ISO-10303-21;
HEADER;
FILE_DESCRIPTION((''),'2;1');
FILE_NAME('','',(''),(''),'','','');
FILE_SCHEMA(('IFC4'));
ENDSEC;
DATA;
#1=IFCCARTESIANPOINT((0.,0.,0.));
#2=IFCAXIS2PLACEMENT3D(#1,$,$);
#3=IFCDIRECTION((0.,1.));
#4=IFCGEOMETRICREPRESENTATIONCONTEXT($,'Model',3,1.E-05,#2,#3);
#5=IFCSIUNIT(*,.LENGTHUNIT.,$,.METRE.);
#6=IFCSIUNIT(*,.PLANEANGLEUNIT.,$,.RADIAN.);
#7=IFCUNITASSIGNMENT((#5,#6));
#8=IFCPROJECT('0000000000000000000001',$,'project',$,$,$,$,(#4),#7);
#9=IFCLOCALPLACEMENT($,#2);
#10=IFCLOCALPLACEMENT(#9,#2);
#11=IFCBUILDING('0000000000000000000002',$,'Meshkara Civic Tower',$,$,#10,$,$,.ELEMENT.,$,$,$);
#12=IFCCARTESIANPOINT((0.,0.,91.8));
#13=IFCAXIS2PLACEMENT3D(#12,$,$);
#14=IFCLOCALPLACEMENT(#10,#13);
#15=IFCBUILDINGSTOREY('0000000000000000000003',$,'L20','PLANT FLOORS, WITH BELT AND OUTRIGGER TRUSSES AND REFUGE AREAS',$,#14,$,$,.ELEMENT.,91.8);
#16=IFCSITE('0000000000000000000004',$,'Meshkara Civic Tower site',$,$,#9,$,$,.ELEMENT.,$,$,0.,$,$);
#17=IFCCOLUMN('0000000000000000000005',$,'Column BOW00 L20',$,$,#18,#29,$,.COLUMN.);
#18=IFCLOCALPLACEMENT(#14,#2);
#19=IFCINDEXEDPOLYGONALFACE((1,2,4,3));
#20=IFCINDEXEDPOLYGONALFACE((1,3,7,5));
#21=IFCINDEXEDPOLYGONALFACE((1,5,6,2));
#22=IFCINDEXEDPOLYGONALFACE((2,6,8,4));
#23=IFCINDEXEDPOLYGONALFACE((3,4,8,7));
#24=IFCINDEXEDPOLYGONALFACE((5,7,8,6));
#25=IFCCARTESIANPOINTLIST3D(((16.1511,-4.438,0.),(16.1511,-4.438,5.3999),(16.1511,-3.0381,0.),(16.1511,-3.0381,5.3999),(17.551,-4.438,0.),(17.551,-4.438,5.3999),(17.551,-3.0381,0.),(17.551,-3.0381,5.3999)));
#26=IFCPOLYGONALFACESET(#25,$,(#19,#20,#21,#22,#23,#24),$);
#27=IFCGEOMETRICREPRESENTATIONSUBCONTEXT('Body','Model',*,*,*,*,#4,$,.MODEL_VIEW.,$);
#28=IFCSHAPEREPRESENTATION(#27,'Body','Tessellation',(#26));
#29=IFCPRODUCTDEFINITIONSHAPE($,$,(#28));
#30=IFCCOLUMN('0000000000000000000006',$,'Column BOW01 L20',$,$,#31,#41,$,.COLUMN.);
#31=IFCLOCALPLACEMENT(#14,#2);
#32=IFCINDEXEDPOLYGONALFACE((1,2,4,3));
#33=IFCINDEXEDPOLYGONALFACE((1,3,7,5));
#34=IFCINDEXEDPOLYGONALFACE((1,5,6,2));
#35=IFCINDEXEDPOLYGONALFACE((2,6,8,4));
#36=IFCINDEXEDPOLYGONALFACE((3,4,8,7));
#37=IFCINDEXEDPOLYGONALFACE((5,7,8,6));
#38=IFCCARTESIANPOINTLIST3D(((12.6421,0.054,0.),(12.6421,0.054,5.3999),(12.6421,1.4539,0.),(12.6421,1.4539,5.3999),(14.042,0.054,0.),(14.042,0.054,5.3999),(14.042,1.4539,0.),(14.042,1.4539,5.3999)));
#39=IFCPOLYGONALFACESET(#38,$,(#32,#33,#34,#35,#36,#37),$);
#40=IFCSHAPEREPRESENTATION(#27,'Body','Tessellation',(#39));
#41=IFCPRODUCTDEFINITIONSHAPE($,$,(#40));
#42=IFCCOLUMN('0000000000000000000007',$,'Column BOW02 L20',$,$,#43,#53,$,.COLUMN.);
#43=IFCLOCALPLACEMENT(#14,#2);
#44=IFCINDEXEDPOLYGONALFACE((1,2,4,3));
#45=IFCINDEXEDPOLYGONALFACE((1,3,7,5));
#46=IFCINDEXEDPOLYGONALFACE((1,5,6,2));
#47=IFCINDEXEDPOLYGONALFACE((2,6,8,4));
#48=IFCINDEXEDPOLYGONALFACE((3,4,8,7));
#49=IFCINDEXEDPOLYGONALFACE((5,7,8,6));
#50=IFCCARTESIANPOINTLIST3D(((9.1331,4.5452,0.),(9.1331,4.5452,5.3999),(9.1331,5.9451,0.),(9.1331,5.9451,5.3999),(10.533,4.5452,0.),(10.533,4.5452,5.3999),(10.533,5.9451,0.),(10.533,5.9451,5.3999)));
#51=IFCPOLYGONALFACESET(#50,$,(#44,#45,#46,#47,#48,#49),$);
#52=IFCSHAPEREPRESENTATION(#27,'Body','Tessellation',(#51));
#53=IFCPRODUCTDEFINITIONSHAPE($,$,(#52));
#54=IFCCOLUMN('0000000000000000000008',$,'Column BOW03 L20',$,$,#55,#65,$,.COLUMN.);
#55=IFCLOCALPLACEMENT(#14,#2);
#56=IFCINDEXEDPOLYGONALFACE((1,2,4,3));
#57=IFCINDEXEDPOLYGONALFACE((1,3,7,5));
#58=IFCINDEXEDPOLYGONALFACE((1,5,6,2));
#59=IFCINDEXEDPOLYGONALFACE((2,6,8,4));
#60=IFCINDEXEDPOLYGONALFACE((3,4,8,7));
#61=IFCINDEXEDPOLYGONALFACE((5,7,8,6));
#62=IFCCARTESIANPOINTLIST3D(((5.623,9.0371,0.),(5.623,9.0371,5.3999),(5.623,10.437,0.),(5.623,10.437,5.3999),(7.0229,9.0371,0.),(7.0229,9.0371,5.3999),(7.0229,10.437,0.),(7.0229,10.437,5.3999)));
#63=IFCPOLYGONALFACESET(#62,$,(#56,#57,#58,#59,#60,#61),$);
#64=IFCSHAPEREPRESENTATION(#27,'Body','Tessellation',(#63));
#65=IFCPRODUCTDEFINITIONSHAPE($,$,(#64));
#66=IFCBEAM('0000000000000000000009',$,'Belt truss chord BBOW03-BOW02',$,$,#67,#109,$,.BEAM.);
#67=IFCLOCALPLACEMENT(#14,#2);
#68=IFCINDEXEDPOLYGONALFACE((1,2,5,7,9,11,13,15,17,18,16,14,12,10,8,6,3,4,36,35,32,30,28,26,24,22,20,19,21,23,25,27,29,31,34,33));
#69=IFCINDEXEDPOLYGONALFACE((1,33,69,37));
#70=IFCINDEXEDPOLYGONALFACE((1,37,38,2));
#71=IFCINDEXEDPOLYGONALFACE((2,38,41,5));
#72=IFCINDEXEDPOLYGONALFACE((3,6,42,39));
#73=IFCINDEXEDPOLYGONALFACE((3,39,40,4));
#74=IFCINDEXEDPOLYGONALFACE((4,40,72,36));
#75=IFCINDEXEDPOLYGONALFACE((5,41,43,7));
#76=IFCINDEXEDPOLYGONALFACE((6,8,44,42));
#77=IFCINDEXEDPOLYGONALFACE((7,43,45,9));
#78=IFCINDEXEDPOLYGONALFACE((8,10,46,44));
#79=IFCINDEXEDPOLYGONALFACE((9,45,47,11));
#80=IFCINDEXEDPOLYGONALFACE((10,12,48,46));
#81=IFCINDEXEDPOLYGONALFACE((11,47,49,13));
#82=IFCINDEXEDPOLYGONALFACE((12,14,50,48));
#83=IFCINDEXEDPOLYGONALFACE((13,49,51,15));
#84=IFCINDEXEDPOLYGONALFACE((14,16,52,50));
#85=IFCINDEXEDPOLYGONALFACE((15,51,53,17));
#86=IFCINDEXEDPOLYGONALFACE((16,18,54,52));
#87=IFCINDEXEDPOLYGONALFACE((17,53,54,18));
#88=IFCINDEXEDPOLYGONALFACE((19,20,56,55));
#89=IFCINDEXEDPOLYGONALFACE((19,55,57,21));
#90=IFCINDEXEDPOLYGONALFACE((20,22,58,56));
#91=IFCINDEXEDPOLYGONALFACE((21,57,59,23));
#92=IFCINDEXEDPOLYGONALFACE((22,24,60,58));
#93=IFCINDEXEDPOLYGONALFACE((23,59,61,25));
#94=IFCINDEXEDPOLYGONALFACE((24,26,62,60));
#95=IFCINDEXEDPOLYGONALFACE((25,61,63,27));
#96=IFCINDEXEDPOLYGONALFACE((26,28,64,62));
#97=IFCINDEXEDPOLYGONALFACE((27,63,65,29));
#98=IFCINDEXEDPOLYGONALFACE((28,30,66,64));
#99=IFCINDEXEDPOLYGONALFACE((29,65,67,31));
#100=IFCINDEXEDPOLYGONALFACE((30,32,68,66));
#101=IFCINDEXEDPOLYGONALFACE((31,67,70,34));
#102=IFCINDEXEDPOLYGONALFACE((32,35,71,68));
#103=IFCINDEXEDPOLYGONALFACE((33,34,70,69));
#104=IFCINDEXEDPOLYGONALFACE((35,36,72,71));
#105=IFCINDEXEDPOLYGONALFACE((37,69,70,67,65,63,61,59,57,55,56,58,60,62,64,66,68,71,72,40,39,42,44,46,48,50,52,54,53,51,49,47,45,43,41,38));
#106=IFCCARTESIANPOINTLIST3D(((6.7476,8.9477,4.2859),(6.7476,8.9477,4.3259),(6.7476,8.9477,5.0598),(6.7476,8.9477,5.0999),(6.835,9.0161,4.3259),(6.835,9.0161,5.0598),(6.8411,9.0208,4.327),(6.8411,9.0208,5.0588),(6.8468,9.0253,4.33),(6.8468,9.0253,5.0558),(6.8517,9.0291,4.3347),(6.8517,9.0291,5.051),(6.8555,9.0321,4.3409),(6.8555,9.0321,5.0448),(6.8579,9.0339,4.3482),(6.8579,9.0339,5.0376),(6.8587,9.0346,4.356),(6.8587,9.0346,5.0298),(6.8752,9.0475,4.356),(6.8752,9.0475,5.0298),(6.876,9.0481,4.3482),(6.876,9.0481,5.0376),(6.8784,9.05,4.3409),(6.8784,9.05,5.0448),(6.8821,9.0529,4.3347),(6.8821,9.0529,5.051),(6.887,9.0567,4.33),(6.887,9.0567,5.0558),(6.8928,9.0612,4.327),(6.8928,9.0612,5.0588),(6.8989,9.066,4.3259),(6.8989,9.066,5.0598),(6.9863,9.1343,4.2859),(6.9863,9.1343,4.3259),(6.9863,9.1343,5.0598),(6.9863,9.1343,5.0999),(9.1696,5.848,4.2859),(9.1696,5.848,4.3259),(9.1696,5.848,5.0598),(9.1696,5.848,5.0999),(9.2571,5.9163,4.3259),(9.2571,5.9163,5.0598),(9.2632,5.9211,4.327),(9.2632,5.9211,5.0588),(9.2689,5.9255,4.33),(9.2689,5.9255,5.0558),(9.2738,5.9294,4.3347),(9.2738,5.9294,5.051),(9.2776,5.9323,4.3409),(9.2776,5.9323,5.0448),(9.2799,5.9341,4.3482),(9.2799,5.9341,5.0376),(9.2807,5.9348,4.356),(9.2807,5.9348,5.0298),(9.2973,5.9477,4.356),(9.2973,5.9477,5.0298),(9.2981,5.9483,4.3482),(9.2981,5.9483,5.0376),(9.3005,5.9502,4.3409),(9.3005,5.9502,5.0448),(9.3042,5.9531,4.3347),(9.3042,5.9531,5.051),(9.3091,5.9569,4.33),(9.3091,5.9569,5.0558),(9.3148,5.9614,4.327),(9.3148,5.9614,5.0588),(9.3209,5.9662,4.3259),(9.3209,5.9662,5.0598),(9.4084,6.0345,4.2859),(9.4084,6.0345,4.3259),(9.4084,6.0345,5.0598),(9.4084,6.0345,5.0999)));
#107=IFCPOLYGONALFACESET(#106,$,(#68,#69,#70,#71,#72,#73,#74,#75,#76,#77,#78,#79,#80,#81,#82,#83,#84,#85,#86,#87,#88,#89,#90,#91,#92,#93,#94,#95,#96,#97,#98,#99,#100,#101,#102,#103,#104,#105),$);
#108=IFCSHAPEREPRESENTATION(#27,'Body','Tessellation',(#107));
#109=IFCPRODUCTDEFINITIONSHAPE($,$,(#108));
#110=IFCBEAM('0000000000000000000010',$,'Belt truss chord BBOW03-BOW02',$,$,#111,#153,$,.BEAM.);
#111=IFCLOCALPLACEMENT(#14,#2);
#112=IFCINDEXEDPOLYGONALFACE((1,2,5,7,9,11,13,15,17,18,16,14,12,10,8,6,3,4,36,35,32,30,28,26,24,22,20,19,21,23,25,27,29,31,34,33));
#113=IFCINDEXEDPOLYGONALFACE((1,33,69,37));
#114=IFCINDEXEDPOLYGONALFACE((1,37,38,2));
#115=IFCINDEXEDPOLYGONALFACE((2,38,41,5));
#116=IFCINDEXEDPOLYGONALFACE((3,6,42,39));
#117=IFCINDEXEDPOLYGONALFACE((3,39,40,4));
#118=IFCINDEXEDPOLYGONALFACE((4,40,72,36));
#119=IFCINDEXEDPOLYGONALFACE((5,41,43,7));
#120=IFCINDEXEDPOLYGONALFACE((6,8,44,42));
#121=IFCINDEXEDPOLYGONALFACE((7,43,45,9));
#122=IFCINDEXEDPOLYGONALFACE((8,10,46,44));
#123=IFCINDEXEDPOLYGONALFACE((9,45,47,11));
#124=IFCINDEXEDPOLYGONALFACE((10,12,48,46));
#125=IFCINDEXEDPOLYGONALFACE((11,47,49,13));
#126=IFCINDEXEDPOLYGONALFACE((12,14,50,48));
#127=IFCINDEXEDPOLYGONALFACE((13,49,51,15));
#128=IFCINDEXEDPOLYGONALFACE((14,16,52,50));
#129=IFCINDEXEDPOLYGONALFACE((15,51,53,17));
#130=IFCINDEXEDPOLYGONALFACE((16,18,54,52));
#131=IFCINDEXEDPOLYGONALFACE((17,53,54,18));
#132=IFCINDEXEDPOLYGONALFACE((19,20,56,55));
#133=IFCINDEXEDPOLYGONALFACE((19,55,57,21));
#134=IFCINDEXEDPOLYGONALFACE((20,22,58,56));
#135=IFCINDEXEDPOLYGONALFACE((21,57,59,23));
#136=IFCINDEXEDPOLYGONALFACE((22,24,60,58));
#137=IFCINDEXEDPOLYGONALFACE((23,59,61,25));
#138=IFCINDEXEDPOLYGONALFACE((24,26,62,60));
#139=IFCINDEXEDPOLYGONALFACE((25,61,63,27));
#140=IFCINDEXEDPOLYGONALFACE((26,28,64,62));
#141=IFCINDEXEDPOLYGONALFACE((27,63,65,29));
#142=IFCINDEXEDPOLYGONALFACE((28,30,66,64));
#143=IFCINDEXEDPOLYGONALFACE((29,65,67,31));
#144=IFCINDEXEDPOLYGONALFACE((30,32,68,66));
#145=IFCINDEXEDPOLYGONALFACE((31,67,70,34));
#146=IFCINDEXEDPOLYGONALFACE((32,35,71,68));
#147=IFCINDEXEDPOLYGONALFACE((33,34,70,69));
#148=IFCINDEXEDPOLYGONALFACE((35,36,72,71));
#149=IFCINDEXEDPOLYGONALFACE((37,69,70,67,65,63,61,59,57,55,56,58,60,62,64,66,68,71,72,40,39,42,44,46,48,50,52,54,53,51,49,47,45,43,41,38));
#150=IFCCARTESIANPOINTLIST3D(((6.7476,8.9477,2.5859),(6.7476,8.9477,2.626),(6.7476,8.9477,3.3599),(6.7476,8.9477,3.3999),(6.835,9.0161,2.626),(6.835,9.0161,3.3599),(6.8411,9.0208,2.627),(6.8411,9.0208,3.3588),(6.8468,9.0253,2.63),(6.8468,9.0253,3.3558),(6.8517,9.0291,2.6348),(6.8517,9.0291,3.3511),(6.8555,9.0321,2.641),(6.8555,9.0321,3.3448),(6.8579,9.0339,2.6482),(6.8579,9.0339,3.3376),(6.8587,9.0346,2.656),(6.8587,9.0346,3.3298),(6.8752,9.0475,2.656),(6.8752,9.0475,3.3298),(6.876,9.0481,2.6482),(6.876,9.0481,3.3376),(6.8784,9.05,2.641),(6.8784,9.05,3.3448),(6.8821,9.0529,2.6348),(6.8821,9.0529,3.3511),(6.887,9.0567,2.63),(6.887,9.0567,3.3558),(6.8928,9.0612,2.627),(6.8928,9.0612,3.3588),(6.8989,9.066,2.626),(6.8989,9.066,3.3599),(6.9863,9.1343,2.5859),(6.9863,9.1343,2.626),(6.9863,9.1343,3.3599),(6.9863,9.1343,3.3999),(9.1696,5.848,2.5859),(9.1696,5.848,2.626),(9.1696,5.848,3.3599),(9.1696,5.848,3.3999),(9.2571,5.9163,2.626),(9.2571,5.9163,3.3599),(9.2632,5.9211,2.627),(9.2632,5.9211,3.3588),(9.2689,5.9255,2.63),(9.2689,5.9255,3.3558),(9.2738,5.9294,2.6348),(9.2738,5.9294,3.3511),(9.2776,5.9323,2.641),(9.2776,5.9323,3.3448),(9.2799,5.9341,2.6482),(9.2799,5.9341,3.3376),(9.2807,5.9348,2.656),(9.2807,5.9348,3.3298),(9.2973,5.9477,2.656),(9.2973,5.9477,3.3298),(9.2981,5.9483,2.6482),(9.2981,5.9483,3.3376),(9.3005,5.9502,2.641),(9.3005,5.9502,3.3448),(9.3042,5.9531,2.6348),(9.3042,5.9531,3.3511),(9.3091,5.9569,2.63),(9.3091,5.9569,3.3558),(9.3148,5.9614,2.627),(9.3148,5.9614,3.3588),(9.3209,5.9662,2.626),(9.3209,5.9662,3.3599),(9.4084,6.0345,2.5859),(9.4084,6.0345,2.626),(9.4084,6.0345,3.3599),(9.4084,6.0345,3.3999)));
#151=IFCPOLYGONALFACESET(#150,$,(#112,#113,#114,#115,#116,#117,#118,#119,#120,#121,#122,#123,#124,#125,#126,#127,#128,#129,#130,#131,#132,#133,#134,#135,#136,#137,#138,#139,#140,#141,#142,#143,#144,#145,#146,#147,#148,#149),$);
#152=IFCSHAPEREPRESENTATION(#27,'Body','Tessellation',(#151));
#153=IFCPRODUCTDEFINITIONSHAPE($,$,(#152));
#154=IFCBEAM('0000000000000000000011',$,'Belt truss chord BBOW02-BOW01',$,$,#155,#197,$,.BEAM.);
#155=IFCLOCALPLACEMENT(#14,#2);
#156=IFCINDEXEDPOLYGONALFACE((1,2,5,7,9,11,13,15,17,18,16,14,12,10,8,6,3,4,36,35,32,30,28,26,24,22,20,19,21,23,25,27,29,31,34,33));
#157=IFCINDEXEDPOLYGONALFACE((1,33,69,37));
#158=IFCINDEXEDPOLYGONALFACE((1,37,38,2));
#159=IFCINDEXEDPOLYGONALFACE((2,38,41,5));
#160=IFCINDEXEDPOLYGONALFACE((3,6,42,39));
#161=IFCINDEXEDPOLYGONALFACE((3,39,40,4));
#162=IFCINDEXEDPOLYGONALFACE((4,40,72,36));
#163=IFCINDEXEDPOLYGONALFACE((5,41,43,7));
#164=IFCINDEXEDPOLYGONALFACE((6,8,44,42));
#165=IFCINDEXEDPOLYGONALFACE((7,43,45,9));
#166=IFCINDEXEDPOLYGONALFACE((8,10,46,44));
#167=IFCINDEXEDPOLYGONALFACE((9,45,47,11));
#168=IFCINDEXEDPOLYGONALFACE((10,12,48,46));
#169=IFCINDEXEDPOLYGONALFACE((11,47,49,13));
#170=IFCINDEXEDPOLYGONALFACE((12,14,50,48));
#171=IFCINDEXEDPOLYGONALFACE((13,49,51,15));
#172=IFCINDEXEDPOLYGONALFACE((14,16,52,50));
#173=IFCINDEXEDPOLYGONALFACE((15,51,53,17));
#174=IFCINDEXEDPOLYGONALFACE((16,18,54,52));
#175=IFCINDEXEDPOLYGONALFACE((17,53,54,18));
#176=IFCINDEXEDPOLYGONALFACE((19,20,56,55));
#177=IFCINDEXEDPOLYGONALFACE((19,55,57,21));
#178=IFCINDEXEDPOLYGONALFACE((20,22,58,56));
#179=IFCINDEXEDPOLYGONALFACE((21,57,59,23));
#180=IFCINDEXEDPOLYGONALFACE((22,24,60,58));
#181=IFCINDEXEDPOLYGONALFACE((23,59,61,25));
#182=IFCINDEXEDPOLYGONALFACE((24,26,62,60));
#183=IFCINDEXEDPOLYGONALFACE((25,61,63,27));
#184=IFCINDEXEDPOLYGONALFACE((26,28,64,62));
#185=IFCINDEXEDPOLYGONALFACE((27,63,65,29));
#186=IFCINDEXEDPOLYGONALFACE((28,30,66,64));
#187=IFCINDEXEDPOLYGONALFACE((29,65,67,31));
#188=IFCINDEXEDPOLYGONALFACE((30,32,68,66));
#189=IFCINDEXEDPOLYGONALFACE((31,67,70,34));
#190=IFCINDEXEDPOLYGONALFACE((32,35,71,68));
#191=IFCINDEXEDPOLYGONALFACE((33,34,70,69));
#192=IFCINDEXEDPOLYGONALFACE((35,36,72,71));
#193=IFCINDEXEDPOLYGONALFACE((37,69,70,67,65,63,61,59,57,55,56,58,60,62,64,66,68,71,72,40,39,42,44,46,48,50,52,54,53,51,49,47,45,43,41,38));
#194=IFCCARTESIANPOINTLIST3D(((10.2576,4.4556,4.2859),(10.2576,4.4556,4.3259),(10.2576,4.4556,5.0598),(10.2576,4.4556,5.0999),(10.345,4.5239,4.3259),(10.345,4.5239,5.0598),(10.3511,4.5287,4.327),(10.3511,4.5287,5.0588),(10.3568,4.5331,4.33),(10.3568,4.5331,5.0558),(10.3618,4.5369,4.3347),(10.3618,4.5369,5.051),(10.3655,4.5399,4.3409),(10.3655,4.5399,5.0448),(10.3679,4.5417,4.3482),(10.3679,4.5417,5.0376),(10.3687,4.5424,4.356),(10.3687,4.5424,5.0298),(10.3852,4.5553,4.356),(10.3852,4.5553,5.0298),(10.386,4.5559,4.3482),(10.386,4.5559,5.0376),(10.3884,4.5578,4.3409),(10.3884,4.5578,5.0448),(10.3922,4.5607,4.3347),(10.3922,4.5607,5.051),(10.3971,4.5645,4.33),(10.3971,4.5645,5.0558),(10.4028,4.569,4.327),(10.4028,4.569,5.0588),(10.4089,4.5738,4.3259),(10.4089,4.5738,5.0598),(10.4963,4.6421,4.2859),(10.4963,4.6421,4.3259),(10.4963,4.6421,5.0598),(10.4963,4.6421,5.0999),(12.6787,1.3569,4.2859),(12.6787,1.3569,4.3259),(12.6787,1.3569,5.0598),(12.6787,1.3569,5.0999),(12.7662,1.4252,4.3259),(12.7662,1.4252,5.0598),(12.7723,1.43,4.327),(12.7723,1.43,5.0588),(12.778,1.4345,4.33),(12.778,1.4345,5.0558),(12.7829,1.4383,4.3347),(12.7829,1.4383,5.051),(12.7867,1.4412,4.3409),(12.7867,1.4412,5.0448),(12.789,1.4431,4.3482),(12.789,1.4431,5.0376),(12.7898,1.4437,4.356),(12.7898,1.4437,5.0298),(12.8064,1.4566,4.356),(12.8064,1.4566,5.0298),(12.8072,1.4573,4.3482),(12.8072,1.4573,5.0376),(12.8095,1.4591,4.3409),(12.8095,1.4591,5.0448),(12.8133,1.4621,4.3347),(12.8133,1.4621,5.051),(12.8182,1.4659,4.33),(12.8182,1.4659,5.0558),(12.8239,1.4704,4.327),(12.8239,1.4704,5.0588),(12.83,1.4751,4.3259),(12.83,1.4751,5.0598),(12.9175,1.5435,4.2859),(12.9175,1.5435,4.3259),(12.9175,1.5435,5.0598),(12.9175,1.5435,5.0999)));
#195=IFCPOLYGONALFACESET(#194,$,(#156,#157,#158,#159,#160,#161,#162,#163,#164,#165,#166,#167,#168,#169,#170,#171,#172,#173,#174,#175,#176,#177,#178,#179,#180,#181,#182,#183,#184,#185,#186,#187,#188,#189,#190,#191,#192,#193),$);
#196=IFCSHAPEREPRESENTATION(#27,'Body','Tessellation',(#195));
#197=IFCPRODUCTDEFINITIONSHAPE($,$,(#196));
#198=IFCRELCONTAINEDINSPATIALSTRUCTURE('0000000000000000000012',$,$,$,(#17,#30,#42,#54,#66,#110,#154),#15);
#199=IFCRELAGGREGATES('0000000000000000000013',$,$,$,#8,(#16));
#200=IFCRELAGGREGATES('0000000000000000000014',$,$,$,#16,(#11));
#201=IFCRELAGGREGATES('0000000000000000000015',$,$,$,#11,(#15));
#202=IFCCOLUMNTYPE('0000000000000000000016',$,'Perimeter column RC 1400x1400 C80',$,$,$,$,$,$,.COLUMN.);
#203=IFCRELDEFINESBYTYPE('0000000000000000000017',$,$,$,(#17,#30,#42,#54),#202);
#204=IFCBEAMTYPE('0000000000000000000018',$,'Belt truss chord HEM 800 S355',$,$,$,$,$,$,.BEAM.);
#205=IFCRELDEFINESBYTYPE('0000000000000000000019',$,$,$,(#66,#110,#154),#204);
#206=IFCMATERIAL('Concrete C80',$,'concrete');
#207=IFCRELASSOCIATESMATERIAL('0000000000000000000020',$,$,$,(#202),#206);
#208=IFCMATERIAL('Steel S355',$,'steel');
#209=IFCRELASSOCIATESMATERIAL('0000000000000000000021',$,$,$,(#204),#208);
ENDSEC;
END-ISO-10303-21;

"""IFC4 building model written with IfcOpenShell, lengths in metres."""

from ifc_helpers import new_model, si_unit, direction, frame, origin, origin_2d, place, context, subcontext, project, spatial, rectangle, i_section, extrude, material, material_profile, profile_set, type_object, element, save


model = new_model("IFC4")

# Units and contexts
model_context = context("Model", 3, precision=1e-05, world=origin(), true_north=direction((0.0, 1.0)))
body_context = subcontext(model_context, "Body", "Model", "MODEL_VIEW")
ifc_project = project(units=[si_unit("LENGTHUNIT", "METRE"), si_unit("PLANEANGLEUNIT", "RADIAN")], contexts=[model_context])

# Site, building, storey
site_placement = place(None, origin())
site = spatial("IfcSite", under=ifc_project, at=site_placement, Name="Meshkara Civic Tower site", CompositionType="ELEMENT", RefElevation=0.0)
building_placement = place(site_placement, origin())
building = spatial("IfcBuilding", under=site, at=building_placement, Name="Meshkara Civic Tower", CompositionType="ELEMENT")
storey_placement = place(building_placement, frame((0.0, 0.0, 91.8)))
storey = spatial("IfcBuildingStorey", under=building, at=storey_placement, Name="L20", Description="PLANT FLOORS, WITH BELT AND OUTRIGGER TRUSSES AND REFUGE AREAS", CompositionType="ELEMENT", Elevation=91.8)

# Columns
ifc_material_1 = material(Name="Concrete C80", Category="concrete")
ifc_material_profile_1 = material_profile(ifc_material_1, rectangle(XDim=1.3999, YDim=1.3999, at=origin_2d()))
ifc_profile_set_1 = profile_set([ifc_material_profile_1], Name="Concrete C80")
column_type = type_object("IfcColumnType", Name="Perimeter column RC 1400x1400 C80", PredefinedType="COLUMN", material=ifc_profile_set_1)
for number, where, z_axis, x_axis, name in (
    (1, (16.8511, -3.738, 0.0), (0.0, 0.0, 1.0), (1.0, 0.0, 0.0), "Column BOW00 L20"),
    (2, (13.342, 0.7539, 0.0), (0.0, 0.0, 1.0), (1.0, 0.0, 0.0), "Column BOW01 L20"),
    (3, (9.833, 5.2451, 0.0), (0.0, 0.0, 1.0), (1.0, 0.0, 0.0), "Column BOW02 L20"),
    (4, (6.323, 9.7371, 0.0), (0.0, 0.0, 1.0), (1.0, 0.0, 0.0), "Column BOW03 L20"),
):
    element("IfcColumn", number, at=place(storey_placement, frame(where, z_axis=z_axis, x_axis=x_axis)), inside=storey, type_object=column_type, Name=name, PredefinedType="COLUMN", context=body_context, shape_type="SweptSolid", body=[
        extrude(rectangle(XDim=1.3999, YDim=1.3999, at=origin_2d()), origin(), (0.0, 0.0, 1.0), 5.3999),
    ])

# Beams
ifc_material_2 = material(Name="Steel S355", Category="steel")
ifc_material_profile_2 = material_profile(ifc_material_2, i_section(OverallWidth=0.303, OverallDepth=0.814, WebThickness=0.021, FlangeThickness=0.04, FilletRadius=0.03, at=origin_2d()))
ifc_profile_set_2 = profile_set([ifc_material_profile_2], Name="Steel S355")
beam_type = type_object("IfcBeamType", Name="Belt truss chord HEM 800 S355", PredefinedType="BEAM", material=ifc_profile_set_2)
for number, where, z_axis, x_axis, name in (
    (5, (6.8669, 9.041, 4.6929), (0.615701, -0.78798, 0.0), (0.78798, 0.615701, 0.0), "Belt truss chord BBOW03-BOW02"),
    (6, (6.8669, 9.041, 2.9929), (0.615701, -0.78798, 0.0), (0.78798, 0.615701, 0.0), "Belt truss chord BBOW03-BOW02"),
):
    element("IfcBeam", number, at=place(storey_placement, frame(where, z_axis=z_axis, x_axis=x_axis)), inside=storey, type_object=beam_type, Name=name, PredefinedType="BEAM", context=body_context, shape_type="SweptSolid", body=[
        extrude(i_section(OverallWidth=0.303, OverallDepth=0.814, WebThickness=0.021, FlangeThickness=0.04, FilletRadius=0.03, at=origin_2d()), origin(), (0.0, 0.0, 1.0), 3.9338),
    ])
for number, where, z_axis, x_axis, name in (
    (7, (10.377, 4.5488, 4.6929), (0.615697, -0.787983, 0.0), (0.787983, 0.615697, 0.0), "Belt truss chord BBOW02-BOW01"),
):
    element("IfcBeam", number, at=place(storey_placement, frame(where, z_axis=z_axis, x_axis=x_axis)), inside=storey, type_object=beam_type, Name=name, PredefinedType="BEAM", context=body_context, shape_type="SweptSolid", body=[
        extrude(i_section(OverallWidth=0.303, OverallDepth=0.814, WebThickness=0.021, FlangeThickness=0.04, FilletRadius=0.03, at=origin_2d()), origin(), (0.0, 0.0, 1.0), 3.9324),
    ])

save(model, "model.ifc")
